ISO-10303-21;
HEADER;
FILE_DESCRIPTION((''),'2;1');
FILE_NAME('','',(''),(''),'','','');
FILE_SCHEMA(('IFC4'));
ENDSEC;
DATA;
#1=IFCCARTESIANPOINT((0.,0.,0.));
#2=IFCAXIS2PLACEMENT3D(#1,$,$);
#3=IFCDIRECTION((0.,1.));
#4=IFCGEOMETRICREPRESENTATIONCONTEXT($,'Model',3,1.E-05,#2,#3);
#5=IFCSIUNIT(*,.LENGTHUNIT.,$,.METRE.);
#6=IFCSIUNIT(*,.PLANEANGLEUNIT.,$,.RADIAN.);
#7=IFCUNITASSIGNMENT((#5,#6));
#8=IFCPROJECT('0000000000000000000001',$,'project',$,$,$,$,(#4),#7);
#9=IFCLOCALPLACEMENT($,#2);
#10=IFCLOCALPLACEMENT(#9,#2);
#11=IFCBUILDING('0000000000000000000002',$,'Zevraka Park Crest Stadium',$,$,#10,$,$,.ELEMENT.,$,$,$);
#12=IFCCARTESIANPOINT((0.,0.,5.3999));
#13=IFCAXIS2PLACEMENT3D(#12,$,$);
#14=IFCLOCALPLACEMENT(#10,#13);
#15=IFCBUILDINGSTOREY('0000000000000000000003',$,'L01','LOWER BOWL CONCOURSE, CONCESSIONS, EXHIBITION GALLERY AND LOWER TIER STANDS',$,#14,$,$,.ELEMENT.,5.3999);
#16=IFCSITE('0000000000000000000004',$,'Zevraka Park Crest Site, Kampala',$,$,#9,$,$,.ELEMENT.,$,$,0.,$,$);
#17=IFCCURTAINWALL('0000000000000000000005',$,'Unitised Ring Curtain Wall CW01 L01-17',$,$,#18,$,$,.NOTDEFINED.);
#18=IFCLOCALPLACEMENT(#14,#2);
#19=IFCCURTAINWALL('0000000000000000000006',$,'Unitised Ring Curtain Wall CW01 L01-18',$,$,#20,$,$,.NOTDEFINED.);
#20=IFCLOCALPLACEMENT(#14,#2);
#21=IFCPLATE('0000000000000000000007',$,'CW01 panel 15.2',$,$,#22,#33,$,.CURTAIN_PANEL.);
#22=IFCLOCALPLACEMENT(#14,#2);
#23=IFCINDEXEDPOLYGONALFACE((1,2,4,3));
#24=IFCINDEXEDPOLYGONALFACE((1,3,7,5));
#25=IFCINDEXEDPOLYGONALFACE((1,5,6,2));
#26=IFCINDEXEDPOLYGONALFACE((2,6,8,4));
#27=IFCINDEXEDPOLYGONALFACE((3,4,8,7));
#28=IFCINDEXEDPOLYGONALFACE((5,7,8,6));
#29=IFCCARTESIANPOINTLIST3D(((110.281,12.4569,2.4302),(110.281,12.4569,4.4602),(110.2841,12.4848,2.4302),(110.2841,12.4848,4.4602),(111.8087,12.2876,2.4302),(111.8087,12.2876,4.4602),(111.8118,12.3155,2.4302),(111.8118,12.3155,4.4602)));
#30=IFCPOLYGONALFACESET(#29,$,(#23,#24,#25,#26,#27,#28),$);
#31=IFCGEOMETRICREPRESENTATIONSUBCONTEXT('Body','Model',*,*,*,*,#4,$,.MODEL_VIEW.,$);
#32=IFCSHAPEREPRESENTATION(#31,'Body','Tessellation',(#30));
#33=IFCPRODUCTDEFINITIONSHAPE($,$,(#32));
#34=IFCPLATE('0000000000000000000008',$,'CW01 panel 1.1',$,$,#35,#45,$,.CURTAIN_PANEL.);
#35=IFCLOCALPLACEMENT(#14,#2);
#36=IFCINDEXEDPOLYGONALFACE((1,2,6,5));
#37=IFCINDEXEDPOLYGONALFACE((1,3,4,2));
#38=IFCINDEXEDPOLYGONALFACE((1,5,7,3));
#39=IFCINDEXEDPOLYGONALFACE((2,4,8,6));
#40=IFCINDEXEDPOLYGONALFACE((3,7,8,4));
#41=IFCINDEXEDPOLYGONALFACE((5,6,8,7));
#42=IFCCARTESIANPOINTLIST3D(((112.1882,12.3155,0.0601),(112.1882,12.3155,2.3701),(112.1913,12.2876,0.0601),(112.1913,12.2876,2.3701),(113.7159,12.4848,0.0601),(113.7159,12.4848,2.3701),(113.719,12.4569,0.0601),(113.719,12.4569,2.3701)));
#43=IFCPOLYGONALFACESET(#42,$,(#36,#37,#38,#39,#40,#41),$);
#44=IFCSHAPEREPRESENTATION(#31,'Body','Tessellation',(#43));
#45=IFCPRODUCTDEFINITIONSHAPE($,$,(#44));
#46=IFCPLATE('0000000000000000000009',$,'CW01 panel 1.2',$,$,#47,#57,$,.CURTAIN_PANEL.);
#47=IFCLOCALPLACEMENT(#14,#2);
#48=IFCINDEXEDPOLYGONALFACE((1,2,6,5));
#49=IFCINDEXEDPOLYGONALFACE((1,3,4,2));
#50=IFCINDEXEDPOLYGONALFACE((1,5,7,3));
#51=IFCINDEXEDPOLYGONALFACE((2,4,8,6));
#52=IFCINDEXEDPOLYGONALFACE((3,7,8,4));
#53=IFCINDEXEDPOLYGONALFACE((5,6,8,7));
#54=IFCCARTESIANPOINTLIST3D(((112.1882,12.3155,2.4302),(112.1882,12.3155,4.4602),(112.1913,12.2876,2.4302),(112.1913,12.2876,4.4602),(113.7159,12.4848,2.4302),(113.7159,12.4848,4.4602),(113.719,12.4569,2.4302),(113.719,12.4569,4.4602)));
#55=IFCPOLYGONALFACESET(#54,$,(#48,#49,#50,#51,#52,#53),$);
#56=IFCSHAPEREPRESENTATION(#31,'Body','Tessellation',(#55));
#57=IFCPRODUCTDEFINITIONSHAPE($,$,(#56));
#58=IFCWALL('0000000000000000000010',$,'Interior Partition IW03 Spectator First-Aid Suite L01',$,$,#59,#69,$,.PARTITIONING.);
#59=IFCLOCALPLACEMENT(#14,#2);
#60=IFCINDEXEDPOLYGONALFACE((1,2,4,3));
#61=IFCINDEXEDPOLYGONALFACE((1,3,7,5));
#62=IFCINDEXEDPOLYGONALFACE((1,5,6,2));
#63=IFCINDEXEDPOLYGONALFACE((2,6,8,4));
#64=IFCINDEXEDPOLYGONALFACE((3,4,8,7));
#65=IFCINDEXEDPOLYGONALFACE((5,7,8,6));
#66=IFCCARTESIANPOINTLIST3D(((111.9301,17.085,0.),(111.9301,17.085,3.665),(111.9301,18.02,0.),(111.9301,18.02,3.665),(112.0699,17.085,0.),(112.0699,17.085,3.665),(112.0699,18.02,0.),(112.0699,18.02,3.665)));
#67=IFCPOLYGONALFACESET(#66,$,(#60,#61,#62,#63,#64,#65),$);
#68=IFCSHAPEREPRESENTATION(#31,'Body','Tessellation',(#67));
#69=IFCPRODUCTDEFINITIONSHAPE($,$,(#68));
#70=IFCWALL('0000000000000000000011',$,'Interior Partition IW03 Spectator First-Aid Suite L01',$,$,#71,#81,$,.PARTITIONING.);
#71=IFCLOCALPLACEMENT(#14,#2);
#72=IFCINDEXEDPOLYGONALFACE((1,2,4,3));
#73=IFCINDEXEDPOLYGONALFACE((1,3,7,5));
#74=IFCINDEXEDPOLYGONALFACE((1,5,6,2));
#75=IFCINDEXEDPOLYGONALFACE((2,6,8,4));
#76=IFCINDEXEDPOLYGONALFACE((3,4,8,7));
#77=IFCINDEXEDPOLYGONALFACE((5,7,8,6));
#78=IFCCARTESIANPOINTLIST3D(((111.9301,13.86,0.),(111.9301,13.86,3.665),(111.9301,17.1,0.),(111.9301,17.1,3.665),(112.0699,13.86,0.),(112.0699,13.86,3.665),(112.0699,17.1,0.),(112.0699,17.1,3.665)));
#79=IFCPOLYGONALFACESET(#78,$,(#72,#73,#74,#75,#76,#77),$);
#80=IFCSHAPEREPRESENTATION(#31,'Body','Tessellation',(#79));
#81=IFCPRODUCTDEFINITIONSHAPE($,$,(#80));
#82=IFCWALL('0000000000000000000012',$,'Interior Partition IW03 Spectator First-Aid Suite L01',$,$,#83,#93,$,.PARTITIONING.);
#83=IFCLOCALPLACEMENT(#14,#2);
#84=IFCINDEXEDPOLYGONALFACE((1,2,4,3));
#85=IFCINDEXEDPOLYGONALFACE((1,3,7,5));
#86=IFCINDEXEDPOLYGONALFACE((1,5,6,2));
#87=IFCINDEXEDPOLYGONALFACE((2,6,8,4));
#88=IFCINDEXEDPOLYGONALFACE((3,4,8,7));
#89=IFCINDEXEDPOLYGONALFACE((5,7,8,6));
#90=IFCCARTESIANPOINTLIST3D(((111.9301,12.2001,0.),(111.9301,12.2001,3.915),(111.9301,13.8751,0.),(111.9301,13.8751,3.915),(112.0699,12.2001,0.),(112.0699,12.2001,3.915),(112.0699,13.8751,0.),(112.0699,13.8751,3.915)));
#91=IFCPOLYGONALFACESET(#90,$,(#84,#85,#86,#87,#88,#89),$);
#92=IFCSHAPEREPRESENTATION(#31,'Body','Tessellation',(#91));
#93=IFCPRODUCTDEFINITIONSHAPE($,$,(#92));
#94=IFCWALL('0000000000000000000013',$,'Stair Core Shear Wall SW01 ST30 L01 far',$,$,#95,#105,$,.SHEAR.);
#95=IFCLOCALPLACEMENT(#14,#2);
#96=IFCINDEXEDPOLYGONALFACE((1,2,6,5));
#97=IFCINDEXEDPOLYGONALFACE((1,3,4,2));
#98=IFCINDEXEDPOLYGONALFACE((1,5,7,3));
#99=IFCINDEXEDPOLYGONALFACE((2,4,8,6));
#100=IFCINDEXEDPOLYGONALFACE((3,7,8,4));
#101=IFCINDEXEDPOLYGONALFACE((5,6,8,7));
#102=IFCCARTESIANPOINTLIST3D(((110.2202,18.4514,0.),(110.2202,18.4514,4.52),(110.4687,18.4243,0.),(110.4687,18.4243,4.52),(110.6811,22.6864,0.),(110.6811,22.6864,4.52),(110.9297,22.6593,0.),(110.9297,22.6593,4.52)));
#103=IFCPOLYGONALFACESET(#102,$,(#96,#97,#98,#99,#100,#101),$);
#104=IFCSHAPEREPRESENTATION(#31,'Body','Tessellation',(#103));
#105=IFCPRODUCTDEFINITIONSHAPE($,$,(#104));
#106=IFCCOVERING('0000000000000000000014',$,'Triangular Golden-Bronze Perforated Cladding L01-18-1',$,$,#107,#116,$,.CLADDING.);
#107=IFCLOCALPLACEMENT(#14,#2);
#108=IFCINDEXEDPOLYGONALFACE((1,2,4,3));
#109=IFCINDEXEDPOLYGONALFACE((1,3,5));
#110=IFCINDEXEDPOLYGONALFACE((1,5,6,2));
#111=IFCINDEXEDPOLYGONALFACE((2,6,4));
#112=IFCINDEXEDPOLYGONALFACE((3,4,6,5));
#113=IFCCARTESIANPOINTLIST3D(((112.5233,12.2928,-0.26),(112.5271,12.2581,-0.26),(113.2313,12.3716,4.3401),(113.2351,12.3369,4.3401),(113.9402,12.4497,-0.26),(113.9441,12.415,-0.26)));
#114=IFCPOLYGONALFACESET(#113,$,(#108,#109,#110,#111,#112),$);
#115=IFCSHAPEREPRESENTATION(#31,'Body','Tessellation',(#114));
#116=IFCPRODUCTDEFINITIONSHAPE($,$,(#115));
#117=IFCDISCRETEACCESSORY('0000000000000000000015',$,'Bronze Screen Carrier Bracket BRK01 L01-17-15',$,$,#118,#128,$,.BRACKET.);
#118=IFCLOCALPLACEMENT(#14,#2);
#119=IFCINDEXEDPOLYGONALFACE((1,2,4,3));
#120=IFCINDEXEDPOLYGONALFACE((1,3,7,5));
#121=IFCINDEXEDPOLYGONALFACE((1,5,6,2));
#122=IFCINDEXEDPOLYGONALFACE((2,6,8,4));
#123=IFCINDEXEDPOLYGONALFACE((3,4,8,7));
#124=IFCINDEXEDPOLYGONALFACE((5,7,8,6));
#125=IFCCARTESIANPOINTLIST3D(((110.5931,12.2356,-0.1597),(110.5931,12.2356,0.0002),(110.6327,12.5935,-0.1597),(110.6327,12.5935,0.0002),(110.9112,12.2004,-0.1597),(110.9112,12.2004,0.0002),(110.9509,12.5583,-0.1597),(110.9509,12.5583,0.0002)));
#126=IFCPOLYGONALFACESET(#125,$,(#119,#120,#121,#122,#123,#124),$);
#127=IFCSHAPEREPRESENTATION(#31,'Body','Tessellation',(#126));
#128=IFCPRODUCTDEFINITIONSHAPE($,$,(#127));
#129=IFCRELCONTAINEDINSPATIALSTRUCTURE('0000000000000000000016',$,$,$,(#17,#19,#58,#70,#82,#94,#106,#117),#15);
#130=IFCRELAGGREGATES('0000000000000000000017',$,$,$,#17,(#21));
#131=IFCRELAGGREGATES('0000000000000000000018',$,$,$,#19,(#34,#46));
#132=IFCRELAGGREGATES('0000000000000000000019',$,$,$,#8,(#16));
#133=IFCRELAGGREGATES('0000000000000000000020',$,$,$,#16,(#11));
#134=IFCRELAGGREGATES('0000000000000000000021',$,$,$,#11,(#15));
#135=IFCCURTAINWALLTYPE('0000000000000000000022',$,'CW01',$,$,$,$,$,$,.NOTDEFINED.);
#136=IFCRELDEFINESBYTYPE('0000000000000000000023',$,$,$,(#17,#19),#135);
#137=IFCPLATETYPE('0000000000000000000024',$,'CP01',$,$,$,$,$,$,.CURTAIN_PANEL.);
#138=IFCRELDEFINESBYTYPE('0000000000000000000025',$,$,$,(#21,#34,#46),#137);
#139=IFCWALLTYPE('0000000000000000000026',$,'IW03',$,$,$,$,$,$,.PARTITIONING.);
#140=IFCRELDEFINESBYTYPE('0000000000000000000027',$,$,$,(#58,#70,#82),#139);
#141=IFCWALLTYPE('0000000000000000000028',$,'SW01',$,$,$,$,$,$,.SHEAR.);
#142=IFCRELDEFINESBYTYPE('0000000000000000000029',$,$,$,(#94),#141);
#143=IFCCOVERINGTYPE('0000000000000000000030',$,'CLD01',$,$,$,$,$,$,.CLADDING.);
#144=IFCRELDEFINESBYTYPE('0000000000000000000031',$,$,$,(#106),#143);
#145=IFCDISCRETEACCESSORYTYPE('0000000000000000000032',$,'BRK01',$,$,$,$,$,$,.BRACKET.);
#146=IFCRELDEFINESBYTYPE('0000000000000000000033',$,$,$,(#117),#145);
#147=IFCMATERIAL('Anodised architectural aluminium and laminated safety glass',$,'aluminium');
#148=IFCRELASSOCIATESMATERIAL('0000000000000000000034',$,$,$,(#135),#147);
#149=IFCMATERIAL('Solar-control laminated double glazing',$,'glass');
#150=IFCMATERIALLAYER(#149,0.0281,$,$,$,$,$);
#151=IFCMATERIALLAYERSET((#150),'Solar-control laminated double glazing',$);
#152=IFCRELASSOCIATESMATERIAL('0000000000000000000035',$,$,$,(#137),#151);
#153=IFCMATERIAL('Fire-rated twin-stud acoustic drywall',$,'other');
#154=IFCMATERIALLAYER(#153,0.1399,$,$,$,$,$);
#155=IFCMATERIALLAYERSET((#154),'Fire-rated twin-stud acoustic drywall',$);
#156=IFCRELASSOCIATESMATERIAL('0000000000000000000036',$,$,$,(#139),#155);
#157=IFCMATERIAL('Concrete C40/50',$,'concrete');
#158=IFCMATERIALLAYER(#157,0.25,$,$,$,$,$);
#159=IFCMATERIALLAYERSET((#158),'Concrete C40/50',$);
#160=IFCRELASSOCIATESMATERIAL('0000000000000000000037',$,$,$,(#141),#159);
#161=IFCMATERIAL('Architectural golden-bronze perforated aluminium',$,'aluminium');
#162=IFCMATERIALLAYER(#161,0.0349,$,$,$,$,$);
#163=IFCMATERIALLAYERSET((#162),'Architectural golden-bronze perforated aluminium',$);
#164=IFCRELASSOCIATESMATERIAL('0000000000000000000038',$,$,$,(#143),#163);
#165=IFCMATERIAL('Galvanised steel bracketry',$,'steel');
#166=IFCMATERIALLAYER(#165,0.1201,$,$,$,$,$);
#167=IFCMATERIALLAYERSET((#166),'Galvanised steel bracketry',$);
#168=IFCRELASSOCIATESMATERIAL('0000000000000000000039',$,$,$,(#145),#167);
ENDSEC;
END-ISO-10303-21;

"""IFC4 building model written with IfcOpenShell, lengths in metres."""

from ifc_helpers import new_model, si_unit, direction, frame, frame_2d, origin, origin_2d, place, context, subcontext, project, spatial, polyline, rectangle, outline, extrude, material, layer, layer_set, type_object, element, aggregate, save


model = new_model("IFC4")

# Units and contexts
model_context = context("Model", 3, precision=1e-05, world=origin(), true_north=direction((0.0, 1.0)))
body_context = subcontext(model_context, "Body", "Model", "MODEL_VIEW")
ifc_project = project(units=[si_unit("LENGTHUNIT", "METRE"), si_unit("PLANEANGLEUNIT", "RADIAN")], contexts=[model_context])

# Site, building, storey
site_placement = place(None, origin())
site = spatial("IfcSite", under=ifc_project, at=site_placement, Name="Zevraka Park Crest Site, Kampala", CompositionType="ELEMENT", RefElevation=0.0)
building_placement = place(site_placement, origin())
building = spatial("IfcBuilding", under=site, at=building_placement, Name="Zevraka Park Crest Stadium", CompositionType="ELEMENT")
storey_placement = place(building_placement, frame((0.0, 0.0, 5.3999)))
storey = spatial("IfcBuildingStorey", under=building, at=storey_placement, Name="L01", Description="LOWER BOWL CONCOURSE, CONCESSIONS, EXHIBITION GALLERY AND LOWER TIER STANDS", CompositionType="ELEMENT", Elevation=5.3999)

# Curtain walls
ifc_material_1 = material(Name="Anodised architectural aluminium and laminated safety glass", Category="aluminium")
curtain_wall_type = type_object("IfcCurtainWallType", Name="CW01", PredefinedType="NOTDEFINED", material=ifc_material_1)
curtain_wall_1_placement = place(storey_placement, origin())
curtain_wall_1 = element("IfcCurtainWall", 1, at=curtain_wall_1_placement, inside=storey, type_object=curtain_wall_type, Name="Unitised Ring Curtain Wall CW01 L01-17", PredefinedType="NOTDEFINED")
curtain_wall_2_placement = place(storey_placement, origin())
curtain_wall_2 = element("IfcCurtainWall", 2, at=curtain_wall_2_placement, inside=storey, type_object=curtain_wall_type, Name="Unitised Ring Curtain Wall CW01 L01-18", PredefinedType="NOTDEFINED")

# Plates
ifc_material_2 = material(Name="Solar-control laminated double glazing", Category="glass")
ifc_layer_1 = layer(ifc_material_2, 0.0281)
ifc_layer_set_1 = layer_set([ifc_layer_1], Name="Solar-control laminated double glazing")
plate_type = type_object("IfcPlateType", Name="CP01", PredefinedType="CURTAIN_PANEL", material=ifc_layer_set_1)
plate_1_placement = place(storey_placement, frame((111.0464, 12.3862, 2.4302), z_axis=(0.0, 0.0, 1.0), x_axis=(0.993917, -0.110135, 0.0)))
plate_1 = element("IfcPlate", 3, at=plate_1_placement, type_object=plate_type, Name="CW01 panel 15.2", PredefinedType="CURTAIN_PANEL", context=body_context, shape_type="SweptSolid", body=[
    extrude(rectangle(XDim=1.5371, YDim=0.0281, at=origin_2d()), origin(), (0.0, 0.0, 1.0), 2.03),
])
aggregate(curtain_wall_1, [plate_1])
plate_2_placement = place(storey_placement, frame((112.9536, 12.3862, 0.0601), z_axis=(0.0, 0.0, 1.0), x_axis=(0.993917, 0.110135, 0.0)))
plate_2 = element("IfcPlate", 4, at=plate_2_placement, type_object=plate_type, Name="CW01 panel 1.1", PredefinedType="CURTAIN_PANEL", context=body_context, shape_type="SweptSolid", body=[
    extrude(rectangle(XDim=1.5371, YDim=0.0281, at=origin_2d()), origin(), (0.0, 0.0, 1.0), 2.3101),
])
plate_3_placement = place(storey_placement, frame((112.9536, 12.3862, 2.4302), z_axis=(0.0, 0.0, 1.0), x_axis=(0.993917, 0.110135, 0.0)))
plate_3 = element("IfcPlate", 5, at=plate_3_placement, type_object=plate_type, Name="CW01 panel 1.2", PredefinedType="CURTAIN_PANEL", context=body_context, shape_type="SweptSolid", body=[
    extrude(rectangle(XDim=1.5371, YDim=0.0281, at=origin_2d()), origin(), (0.0, 0.0, 1.0), 2.03),
])
aggregate(curtain_wall_2, [plate_2, plate_3])

# Walls
ifc_material_3 = material(Name="Fire-rated twin-stud acoustic drywall", Category="other")
ifc_layer_2 = layer(ifc_material_3, 0.1399)
ifc_layer_set_2 = layer_set([ifc_layer_2], Name="Fire-rated twin-stud acoustic drywall")
wall_type_1 = type_object("IfcWallType", Name="IW03", PredefinedType="PARTITIONING", material=ifc_layer_set_2)
wall_1_placement = place(storey_placement, frame((112.0, 18.02, 0.0), z_axis=(0.0, 0.0, 1.0), x_axis=(0.0, -1.0, 0.0)))
element("IfcWall", 6, at=wall_1_placement, inside=storey, type_object=wall_type_1, Name="Interior Partition IW03 Spectator First-Aid Suite L01", PredefinedType="PARTITIONING", context=body_context, shape_type="SweptSolid", body=[
    extrude(rectangle(XDim=0.9351, YDim=0.1399, at=frame_2d((0.4675, 0.0))), origin(), (0.0, 0.0, 1.0), 3.665),
])
wall_2_placement = place(storey_placement, frame((112.0, 17.1001, 0.0), z_axis=(0.0, 0.0, 1.0), x_axis=(0.0, -1.0, 0.0)))
element("IfcWall", 7, at=wall_2_placement, inside=storey, type_object=wall_type_1, Name="Interior Partition IW03 Spectator First-Aid Suite L01", PredefinedType="PARTITIONING", context=body_context, shape_type="SweptSolid", body=[
    extrude(rectangle(XDim=3.24, YDim=0.1399, at=frame_2d((1.6201, 0.0))), origin(), (0.0, 0.0, 1.0), 3.665),
])
wall_3_placement = place(storey_placement, frame((112.0, 13.875, 0.0), z_axis=(0.0, 0.0, 1.0), x_axis=(0.0, -1.0, 0.0)))
element("IfcWall", 8, at=wall_3_placement, inside=storey, type_object=wall_type_1, Name="Interior Partition IW03 Spectator First-Aid Suite L01", PredefinedType="PARTITIONING", context=body_context, shape_type="SweptSolid", body=[
    extrude(rectangle(XDim=1.675, YDim=0.1399, at=frame_2d((0.8374, 0.0))), origin(), (0.0, 0.0, 1.0), 3.915),
])
ifc_material_4 = material(Name="Concrete C40/50", Category="concrete")
ifc_layer_3 = layer(ifc_material_4, 0.25)
ifc_layer_set_3 = layer_set([ifc_layer_3], Name="Concrete C40/50")
wall_type_2 = type_object("IfcWallType", Name="SW01", PredefinedType="SHEAR", material=ifc_layer_set_3)
wall_4_placement = place(storey_placement, frame((110.3445, 18.438, 0.0), z_axis=(0.0, 0.0, 1.0), x_axis=(0.108198, 0.994129, 0.0)))
element("IfcWall", 9, at=wall_4_placement, inside=storey, type_object=wall_type_2, Name="Stair Core Shear Wall SW01 ST30 L01 far", PredefinedType="SHEAR", context=body_context, shape_type="SweptSolid", body=[
    extrude(rectangle(XDim=4.26, YDim=0.25, at=frame_2d((2.1299, 0.0))), origin(), (0.0, 0.0, 1.0), 4.52),
])

# Covering
ifc_material_5 = material(Name="Architectural golden-bronze perforated aluminium", Category="aluminium")
ifc_layer_4 = layer(ifc_material_5, 0.0349)
ifc_layer_set_4 = layer_set([ifc_layer_4], Name="Architectural golden-bronze perforated aluminium")
covering_type = type_object("IfcCoveringType", Name="CLD01", PredefinedType="CLADDING", material=ifc_layer_set_4)
covering_placement = place(storey_placement, frame((112.5271, 12.2581, -0.26), z_axis=(0.110112, -0.993919, 0.000091), x_axis=(0.993919, 0.110112, 0.0)))
element("IfcCovering", 10, at=covering_placement, inside=storey, type_object=covering_type, Name="Triangular Golden-Bronze Perforated Cladding L01-18-1", PredefinedType="CLADDING", context=body_context, shape_type="SweptSolid", body=[
    extrude(outline(polyline([(0.0, 0.0), (1.4257, 0.0), (0.7124, 4.6001), (0.0, 0.0)])), origin(), (0.0, 0.0, -1.0), 0.0349),
])

# Discrete accessory
ifc_material_6 = material(Name="Galvanised steel bracketry", Category="steel")
ifc_layer_5 = layer(ifc_material_6, 0.1201)
ifc_layer_set_5 = layer_set([ifc_layer_5], Name="Galvanised steel bracketry")
discrete_accessory_type = type_object("IfcDiscreteAccessoryType", Name="BRK01", PredefinedType="BRACKET", material=ifc_layer_set_5)
discrete_accessory_placement = place(storey_placement, frame((110.772, 12.397, -0.1597), z_axis=(0.0, 0.0, 1.0), x_axis=(0.993923, -0.110081, 0.0)))
element("IfcDiscreteAccessory", 11, at=discrete_accessory_placement, inside=storey, type_object=discrete_accessory_type, Name="Bronze Screen Carrier Bracket BRK01 L01-17-15", PredefinedType="BRACKET", context=body_context, shape_type="SweptSolid", body=[
    extrude(rectangle(XDim=0.3201, YDim=0.3601, at=origin_2d()), origin(), (0.0, 0.0, 1.0), 0.1599),
])

save(model, "model.ifc")
